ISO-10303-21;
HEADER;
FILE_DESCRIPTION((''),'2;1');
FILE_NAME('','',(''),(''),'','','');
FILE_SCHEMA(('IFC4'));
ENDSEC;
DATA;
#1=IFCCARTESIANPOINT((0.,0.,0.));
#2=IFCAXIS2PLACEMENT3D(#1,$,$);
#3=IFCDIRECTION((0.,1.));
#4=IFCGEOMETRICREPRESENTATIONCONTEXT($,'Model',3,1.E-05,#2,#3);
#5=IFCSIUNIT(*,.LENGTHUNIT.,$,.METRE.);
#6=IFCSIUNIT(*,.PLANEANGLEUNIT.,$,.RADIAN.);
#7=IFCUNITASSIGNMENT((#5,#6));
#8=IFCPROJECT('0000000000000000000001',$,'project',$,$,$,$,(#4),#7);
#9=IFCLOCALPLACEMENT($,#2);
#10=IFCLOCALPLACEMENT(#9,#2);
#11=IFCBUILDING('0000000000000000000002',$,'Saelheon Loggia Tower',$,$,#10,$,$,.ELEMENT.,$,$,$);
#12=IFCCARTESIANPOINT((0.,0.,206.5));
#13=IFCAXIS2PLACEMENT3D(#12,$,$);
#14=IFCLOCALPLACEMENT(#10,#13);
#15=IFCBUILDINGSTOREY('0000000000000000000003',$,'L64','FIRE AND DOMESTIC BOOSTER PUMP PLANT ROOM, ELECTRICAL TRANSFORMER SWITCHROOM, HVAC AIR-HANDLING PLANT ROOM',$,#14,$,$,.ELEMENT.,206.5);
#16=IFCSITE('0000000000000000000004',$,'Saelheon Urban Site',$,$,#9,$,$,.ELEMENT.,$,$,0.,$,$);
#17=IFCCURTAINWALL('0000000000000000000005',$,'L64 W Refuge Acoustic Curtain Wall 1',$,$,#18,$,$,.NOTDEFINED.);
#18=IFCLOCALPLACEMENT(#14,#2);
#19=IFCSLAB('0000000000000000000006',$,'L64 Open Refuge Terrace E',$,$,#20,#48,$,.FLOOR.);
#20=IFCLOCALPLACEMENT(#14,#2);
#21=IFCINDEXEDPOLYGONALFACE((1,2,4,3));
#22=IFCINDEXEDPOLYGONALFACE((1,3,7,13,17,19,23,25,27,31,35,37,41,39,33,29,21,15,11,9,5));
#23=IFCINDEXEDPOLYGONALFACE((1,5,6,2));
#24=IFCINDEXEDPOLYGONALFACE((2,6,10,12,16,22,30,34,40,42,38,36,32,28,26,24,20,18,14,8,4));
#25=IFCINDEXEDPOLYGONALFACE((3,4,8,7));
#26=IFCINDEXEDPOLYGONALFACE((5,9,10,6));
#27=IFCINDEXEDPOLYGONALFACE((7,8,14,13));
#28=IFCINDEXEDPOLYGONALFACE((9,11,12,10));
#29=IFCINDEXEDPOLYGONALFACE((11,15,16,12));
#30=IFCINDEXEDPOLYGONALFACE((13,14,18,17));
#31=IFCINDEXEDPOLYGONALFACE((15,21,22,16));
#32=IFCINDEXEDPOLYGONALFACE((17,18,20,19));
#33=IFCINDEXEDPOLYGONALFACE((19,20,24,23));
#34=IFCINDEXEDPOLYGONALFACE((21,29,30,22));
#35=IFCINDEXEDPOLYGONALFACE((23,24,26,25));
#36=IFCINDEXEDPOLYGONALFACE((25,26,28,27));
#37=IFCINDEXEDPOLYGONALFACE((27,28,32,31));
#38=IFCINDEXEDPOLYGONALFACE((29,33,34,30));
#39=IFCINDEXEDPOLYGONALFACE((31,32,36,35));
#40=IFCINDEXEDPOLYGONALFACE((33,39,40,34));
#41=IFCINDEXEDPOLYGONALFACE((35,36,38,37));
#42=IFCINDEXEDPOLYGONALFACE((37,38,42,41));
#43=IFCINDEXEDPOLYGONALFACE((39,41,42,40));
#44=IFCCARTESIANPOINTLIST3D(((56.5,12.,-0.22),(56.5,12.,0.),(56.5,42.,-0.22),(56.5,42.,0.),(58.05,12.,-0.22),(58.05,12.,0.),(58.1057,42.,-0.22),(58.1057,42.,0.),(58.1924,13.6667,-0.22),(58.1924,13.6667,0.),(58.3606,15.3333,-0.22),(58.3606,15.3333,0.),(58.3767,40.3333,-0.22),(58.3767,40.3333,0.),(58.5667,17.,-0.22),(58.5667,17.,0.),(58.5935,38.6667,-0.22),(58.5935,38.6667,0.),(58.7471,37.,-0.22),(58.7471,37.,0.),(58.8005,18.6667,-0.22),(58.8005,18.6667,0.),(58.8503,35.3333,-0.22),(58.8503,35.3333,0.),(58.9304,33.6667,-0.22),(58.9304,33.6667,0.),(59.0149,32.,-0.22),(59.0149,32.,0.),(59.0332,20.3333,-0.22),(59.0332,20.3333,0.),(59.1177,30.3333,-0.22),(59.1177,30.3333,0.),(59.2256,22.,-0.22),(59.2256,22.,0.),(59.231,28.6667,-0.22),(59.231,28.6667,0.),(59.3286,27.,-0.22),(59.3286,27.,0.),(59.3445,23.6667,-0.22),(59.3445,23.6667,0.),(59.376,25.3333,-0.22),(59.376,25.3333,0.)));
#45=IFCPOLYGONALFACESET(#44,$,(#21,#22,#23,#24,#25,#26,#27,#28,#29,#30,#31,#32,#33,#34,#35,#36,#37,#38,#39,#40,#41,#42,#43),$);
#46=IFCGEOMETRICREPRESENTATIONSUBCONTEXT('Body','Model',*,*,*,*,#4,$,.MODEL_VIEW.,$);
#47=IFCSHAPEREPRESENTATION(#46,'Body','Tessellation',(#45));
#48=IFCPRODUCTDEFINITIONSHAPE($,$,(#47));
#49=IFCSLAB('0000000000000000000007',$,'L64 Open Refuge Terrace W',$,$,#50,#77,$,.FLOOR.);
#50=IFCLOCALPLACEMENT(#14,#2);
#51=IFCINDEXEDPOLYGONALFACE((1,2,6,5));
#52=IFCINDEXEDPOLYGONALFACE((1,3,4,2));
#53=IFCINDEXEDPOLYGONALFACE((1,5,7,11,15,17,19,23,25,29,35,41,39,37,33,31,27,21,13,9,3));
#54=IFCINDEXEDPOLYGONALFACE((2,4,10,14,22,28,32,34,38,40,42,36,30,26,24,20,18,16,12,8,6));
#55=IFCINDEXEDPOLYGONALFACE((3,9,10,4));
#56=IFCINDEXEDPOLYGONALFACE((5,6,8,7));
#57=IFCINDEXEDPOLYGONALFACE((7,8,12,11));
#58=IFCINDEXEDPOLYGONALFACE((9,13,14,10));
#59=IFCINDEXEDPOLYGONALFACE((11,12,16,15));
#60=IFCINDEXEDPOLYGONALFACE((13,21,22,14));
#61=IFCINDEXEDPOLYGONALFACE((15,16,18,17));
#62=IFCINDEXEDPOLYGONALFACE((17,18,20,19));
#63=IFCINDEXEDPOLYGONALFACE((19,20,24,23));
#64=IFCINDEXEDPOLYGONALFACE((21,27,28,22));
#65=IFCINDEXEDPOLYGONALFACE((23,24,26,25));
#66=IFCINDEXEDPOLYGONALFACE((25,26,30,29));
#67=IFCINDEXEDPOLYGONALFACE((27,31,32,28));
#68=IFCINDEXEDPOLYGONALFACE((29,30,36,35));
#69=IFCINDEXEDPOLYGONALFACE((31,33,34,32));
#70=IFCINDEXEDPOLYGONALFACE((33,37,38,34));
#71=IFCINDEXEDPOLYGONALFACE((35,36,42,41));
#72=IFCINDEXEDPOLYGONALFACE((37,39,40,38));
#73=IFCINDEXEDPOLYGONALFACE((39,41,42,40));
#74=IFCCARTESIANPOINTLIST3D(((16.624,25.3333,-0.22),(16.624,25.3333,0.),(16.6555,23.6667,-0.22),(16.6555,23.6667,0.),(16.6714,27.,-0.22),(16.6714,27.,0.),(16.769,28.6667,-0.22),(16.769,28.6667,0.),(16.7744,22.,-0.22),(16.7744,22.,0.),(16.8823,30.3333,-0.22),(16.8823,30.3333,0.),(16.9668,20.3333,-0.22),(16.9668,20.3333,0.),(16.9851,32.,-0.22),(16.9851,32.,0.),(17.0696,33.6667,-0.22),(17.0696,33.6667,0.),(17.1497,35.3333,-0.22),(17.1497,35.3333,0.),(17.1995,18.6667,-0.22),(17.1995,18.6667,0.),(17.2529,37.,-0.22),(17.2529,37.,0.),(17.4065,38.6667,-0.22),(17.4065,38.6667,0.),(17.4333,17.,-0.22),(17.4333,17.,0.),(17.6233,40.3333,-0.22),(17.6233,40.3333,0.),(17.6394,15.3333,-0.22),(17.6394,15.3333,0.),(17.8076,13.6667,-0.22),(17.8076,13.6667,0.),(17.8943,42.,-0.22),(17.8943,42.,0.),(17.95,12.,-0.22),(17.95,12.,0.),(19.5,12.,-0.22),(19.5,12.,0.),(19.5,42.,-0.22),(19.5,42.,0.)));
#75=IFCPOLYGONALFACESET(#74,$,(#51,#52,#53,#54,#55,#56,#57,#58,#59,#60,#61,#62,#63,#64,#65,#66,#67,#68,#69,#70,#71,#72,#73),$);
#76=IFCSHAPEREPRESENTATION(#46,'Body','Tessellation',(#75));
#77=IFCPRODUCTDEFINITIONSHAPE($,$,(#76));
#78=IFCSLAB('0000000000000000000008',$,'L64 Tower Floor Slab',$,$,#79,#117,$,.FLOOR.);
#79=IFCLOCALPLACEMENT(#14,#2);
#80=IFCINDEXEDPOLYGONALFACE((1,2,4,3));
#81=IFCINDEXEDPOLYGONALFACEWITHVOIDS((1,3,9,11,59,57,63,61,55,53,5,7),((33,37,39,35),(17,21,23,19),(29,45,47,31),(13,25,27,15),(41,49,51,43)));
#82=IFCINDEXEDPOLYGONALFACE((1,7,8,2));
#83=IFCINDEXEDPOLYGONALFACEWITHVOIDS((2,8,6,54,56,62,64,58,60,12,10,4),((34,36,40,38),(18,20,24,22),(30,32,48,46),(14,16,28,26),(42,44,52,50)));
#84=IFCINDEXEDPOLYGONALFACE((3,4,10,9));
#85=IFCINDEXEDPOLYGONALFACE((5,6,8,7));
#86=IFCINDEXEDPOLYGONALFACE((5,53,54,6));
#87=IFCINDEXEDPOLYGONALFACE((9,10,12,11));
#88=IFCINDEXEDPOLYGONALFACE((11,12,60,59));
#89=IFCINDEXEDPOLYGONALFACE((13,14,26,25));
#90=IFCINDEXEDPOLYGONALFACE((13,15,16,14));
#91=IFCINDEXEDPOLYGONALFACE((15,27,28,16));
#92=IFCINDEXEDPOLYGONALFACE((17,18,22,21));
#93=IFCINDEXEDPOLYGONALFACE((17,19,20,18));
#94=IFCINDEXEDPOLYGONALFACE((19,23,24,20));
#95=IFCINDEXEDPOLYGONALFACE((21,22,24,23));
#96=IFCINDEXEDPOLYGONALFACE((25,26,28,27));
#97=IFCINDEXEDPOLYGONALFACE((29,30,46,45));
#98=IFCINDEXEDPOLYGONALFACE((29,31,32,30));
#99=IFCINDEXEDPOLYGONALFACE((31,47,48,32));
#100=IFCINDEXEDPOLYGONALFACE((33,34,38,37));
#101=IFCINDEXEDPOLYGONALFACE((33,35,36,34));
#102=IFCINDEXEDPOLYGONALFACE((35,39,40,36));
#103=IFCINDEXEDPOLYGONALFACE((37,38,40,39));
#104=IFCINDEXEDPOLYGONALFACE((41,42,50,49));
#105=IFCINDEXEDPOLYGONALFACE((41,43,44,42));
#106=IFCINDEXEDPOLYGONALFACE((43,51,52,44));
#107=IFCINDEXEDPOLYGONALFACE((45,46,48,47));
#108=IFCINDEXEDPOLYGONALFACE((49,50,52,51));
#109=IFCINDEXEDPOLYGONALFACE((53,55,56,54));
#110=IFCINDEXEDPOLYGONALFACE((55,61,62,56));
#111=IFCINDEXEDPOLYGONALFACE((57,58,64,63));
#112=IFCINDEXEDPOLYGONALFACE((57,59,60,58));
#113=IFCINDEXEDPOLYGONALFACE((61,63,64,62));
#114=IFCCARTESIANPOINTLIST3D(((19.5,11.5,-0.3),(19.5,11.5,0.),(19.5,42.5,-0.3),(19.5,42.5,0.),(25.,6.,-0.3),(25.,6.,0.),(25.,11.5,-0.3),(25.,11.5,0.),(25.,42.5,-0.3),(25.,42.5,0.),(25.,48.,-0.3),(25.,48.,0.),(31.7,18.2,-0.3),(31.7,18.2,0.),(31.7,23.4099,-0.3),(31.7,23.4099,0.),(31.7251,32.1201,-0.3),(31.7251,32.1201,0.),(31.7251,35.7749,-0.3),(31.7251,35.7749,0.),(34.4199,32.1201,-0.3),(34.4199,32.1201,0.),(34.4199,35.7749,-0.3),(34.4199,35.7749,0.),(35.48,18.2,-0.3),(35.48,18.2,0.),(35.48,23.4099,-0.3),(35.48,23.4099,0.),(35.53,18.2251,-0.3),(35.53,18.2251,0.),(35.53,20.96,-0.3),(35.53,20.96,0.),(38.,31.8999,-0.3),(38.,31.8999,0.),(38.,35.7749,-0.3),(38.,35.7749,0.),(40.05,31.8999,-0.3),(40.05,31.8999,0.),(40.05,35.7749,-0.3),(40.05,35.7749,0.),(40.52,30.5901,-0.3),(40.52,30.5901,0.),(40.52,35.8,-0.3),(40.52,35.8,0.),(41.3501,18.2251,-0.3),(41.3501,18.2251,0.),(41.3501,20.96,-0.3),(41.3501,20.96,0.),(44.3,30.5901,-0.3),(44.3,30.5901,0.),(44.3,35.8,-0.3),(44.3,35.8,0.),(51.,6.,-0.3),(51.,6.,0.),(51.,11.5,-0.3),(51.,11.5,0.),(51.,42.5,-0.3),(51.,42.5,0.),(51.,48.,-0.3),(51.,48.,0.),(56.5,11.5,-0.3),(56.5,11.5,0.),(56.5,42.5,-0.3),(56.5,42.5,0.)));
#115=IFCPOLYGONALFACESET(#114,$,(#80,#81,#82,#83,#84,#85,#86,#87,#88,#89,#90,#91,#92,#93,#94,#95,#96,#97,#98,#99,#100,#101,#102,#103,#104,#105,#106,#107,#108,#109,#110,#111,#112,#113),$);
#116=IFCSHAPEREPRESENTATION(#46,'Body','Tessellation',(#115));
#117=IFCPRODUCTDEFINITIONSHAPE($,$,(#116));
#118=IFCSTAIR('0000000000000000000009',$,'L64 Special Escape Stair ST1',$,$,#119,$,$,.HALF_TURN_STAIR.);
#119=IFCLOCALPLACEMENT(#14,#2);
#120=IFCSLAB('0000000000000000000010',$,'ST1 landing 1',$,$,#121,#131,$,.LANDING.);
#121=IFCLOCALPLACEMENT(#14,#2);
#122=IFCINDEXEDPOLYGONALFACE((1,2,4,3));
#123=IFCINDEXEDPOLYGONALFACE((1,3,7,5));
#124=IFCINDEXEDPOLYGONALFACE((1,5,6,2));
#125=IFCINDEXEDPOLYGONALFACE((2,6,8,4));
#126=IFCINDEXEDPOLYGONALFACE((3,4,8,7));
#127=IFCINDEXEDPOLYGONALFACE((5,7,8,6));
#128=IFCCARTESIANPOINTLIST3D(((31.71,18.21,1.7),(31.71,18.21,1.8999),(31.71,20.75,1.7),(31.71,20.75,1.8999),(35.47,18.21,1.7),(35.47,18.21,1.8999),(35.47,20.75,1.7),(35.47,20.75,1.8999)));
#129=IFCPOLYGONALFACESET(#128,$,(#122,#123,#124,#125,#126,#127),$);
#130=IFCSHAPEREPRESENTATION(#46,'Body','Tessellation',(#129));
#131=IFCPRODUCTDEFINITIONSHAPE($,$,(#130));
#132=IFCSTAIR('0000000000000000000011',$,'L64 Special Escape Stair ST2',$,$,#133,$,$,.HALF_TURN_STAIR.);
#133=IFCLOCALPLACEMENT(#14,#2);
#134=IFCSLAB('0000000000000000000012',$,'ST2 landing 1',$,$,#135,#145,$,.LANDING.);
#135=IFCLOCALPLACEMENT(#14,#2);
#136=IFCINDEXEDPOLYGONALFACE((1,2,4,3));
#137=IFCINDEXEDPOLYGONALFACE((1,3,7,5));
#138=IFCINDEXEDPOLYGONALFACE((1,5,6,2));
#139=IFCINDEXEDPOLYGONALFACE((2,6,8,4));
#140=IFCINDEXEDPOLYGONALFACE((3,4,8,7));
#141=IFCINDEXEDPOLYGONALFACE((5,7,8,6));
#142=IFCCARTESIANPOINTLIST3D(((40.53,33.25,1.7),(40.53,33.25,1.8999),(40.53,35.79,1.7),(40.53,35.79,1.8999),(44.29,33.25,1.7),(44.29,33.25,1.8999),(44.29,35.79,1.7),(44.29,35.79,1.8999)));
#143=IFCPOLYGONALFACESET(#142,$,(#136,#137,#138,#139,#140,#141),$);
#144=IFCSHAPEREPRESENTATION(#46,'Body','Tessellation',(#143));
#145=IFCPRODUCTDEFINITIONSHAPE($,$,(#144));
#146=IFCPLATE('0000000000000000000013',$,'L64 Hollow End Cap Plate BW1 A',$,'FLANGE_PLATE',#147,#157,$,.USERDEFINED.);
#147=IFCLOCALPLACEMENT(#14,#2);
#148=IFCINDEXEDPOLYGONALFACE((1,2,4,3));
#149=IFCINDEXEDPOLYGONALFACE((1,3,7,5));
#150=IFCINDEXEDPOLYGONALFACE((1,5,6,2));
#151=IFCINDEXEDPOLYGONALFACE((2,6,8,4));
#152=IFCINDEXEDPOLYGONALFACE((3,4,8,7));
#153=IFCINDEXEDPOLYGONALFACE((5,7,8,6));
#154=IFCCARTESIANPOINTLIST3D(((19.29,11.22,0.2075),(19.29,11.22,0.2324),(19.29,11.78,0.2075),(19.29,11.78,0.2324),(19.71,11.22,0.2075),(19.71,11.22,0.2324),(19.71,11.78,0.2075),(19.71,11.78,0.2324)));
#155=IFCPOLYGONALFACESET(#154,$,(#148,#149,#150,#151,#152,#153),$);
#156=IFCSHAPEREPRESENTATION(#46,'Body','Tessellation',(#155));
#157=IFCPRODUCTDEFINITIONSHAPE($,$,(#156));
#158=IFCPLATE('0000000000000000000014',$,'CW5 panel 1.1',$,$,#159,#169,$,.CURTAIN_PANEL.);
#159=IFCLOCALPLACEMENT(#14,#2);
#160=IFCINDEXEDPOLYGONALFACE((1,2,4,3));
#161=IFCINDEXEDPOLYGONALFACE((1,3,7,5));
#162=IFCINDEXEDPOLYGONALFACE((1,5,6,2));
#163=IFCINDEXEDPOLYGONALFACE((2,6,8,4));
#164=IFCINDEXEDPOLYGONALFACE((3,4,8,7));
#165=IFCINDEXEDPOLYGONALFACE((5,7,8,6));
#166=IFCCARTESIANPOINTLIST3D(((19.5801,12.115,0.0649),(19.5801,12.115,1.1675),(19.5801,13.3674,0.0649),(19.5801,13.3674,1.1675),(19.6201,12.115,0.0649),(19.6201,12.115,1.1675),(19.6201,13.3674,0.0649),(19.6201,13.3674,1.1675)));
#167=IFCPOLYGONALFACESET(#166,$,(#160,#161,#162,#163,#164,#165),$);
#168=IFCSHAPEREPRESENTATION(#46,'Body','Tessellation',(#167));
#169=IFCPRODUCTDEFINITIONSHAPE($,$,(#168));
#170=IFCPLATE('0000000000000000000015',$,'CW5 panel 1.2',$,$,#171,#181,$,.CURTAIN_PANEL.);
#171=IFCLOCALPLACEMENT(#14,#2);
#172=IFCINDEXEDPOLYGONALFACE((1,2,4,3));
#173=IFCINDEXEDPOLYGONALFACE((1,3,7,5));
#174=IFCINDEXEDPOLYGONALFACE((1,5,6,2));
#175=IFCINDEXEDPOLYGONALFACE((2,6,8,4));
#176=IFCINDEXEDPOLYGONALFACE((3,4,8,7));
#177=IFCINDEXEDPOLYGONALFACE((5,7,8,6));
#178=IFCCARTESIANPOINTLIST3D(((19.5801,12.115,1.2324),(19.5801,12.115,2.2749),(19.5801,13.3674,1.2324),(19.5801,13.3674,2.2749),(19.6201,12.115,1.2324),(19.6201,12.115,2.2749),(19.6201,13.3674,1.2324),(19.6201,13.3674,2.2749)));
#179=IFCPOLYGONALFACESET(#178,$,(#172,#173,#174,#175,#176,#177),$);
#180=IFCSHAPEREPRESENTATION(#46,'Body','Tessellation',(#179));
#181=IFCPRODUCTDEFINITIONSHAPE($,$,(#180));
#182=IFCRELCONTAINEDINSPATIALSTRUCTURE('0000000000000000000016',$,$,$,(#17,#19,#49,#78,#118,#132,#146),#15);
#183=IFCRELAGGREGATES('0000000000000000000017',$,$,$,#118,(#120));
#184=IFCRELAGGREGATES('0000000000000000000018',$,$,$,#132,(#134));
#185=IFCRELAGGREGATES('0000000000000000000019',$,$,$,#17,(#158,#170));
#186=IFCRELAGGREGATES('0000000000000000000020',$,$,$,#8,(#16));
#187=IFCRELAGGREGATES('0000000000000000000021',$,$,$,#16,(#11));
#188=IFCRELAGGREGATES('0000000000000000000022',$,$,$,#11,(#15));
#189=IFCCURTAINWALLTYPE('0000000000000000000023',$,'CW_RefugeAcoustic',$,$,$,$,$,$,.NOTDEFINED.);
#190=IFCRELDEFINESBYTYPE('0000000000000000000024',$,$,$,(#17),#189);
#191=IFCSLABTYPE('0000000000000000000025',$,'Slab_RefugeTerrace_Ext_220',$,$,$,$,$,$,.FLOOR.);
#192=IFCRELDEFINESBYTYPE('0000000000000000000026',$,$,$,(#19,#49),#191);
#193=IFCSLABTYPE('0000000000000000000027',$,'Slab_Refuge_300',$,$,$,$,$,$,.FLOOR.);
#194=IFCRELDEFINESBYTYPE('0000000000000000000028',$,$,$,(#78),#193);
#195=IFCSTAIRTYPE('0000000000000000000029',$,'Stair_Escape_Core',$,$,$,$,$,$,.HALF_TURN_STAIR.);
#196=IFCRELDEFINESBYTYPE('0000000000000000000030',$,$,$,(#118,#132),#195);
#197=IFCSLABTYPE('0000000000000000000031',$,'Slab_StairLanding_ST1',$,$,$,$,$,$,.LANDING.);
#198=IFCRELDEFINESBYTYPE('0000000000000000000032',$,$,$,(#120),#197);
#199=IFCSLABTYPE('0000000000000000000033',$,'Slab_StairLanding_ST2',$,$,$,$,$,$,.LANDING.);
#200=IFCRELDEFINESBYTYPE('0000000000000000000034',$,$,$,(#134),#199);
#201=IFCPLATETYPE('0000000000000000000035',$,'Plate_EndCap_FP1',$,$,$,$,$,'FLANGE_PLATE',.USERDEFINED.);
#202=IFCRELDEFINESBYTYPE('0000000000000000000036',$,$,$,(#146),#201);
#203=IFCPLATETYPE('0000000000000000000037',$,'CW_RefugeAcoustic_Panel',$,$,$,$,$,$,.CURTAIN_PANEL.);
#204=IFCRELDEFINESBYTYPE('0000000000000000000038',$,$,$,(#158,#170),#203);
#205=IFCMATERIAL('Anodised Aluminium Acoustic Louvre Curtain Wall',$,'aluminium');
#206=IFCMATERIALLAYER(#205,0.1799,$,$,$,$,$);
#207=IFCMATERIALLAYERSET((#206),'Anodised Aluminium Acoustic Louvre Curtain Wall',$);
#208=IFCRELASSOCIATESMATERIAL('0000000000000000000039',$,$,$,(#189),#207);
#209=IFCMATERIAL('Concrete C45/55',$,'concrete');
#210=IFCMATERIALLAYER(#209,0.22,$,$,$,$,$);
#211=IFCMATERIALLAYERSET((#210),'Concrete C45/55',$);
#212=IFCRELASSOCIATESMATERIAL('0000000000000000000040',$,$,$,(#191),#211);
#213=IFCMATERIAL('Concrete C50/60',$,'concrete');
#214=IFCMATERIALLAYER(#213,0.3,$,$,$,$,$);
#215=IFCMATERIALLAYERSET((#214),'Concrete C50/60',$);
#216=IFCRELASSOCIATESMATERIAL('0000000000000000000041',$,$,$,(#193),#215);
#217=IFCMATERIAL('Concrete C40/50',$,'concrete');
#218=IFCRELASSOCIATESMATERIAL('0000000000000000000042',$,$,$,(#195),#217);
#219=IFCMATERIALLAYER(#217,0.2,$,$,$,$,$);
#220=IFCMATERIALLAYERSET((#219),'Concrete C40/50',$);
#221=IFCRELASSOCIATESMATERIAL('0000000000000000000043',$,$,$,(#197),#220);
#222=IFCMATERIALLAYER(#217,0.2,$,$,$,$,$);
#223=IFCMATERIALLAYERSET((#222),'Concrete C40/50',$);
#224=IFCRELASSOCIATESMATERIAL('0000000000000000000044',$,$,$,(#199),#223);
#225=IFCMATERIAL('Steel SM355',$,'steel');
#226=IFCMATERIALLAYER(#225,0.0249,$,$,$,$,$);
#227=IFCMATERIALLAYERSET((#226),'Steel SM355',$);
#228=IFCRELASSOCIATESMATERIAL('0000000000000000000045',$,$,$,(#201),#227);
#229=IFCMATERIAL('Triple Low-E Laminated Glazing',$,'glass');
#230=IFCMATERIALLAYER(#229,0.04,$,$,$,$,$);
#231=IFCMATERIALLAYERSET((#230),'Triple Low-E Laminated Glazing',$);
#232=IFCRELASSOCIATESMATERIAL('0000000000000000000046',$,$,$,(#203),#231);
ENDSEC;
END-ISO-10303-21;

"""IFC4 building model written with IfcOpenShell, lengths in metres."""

from ifc_helpers import new_model, si_unit, direction, frame, origin, origin_2d, place, context, subcontext, project, spatial, polyline, rectangle, outline, extrude, source, transform, mapped, material, layer, layer_set, type_object, element, aggregate, save


model = new_model("IFC4")

# Units and contexts
model_context = context("Model", 3, precision=1e-05, world=origin(), true_north=direction((0.0, 1.0)))
body_context = subcontext(model_context, "Body", "Model", "MODEL_VIEW")
ifc_project = project(units=[si_unit("LENGTHUNIT", "METRE"), si_unit("PLANEANGLEUNIT", "RADIAN")], contexts=[model_context])

# Site, building, storey
site_placement = place(None, origin())
site = spatial("IfcSite", under=ifc_project, at=site_placement, Name="Saelheon Urban Site", CompositionType="ELEMENT", RefElevation=0.0)
building_placement = place(site_placement, origin())
building = spatial("IfcBuilding", under=site, at=building_placement, Name="Saelheon Loggia Tower", CompositionType="ELEMENT")
storey_placement = place(building_placement, frame((0.0, 0.0, 206.5)))
storey = spatial("IfcBuildingStorey", under=building, at=storey_placement, Name="L64", Description="FIRE AND DOMESTIC BOOSTER PUMP PLANT ROOM, ELECTRICAL TRANSFORMER SWITCHROOM, HVAC AIR-HANDLING PLANT ROOM", CompositionType="ELEMENT", Elevation=206.5)

# Shared definitions
ifc_material_1 = material(Name="Concrete C45/55", Category="concrete")

# Shared definitions
ifc_material_2 = material(Name="Concrete C50/60", Category="concrete")

# Shared definitions
ifc_material_3 = material(Name="Steel SM355", Category="steel")

# Curtain wall
ifc_material_4 = material(Name="Anodised Aluminium Acoustic Louvre Curtain Wall", Category="aluminium")
ifc_layer_1 = layer(ifc_material_4, 0.1799)
ifc_layer_set_1 = layer_set([ifc_layer_1], Name="Anodised Aluminium Acoustic Louvre Curtain Wall")
curtain_wall_type = type_object("IfcCurtainWallType", Name="CW_RefugeAcoustic", PredefinedType="NOTDEFINED", material=ifc_layer_set_1)
curtain_wall_placement = place(storey_placement, origin())
curtain_wall = element("IfcCurtainWall", 1, at=curtain_wall_placement, inside=storey, type_object=curtain_wall_type, Name="L64 W Refuge Acoustic Curtain Wall 1", PredefinedType="NOTDEFINED")

# Slabs
ifc_layer_2 = layer(ifc_material_1, 0.22)
ifc_layer_set_2 = layer_set([ifc_layer_2], Name="Concrete C45/55")
slab_type_1 = type_object("IfcSlabType", Name="Slab_RefugeTerrace_Ext_220", PredefinedType="FLOOR", material=ifc_layer_set_2)
slab_1_placement = place(storey_placement, frame((0.0, 0.0, -0.22)))
element("IfcSlab", 2, at=slab_1_placement, inside=storey, type_object=slab_type_1, Name="L64 Open Refuge Terrace E", PredefinedType="FLOOR", context=body_context, shape_type="SweptSolid", body=[
    extrude(outline(polyline([(56.5, 12.0), (58.05, 12.0), (58.1924, 13.6667), (58.3606, 15.3333), (58.5667, 17.0), (58.8005, 18.6667), (59.0332, 20.3333), (59.2256, 22.0), (59.3445, 23.6667), (59.376, 25.3333), (59.3286, 27.0), (59.231, 28.6667), (59.1177, 30.3333), (59.0149, 32.0), (58.9304, 33.6667), (58.8503, 35.3333), (58.7471, 37.0), (58.5935, 38.6667), (58.3767, 40.3333), (58.1057, 42.0), (56.5, 42.0), (56.5, 12.0)])), origin(), (0.0, 0.0, 1.0), 0.22),
])
slab_2_placement = place(storey_placement, frame((0.0, 0.0, -0.22)))
element("IfcSlab", 3, at=slab_2_placement, inside=storey, type_object=slab_type_1, Name="L64 Open Refuge Terrace W", PredefinedType="FLOOR", context=body_context, shape_type="SweptSolid", body=[
    extrude(outline(polyline([(19.5, 12.0), (19.5, 42.0), (17.8943, 42.0), (17.6233, 40.3333), (17.4065, 38.6667), (17.2529, 37.0), (17.1497, 35.3333), (17.0696, 33.6667), (16.9851, 32.0), (16.8823, 30.3333), (16.769, 28.6667), (16.6714, 27.0), (16.624, 25.3333), (16.6555, 23.6667), (16.7744, 22.0), (16.9668, 20.3333), (17.1995, 18.6667), (17.4333, 17.0), (17.6394, 15.3333), (17.8076, 13.6667), (17.95, 12.0), (19.5, 12.0)])), origin(), (0.0, 0.0, 1.0), 0.22),
])
ifc_layer_3 = layer(ifc_material_2, 0.3)
ifc_layer_set_3 = layer_set([ifc_layer_3], Name="Concrete C50/60")
slab_type_2 = type_object("IfcSlabType", Name="Slab_Refuge_300", PredefinedType="FLOOR", material=ifc_layer_set_3)
slab_3_placement = place(storey_placement, frame((0.0, 0.0, -0.3)))
element("IfcSlab", 4, at=slab_3_placement, inside=storey, type_object=slab_type_2, Name="L64 Tower Floor Slab", PredefinedType="FLOOR", context=body_context, shape_type="SweptSolid", body=[
    extrude(outline(polyline([(25.0, 6.0), (51.0, 6.0), (51.0, 11.5), (56.5, 11.5), (56.5, 42.5), (51.0, 42.5), (51.0, 48.0), (25.0, 48.0), (25.0, 42.5), (19.5, 42.5), (19.5, 11.5), (25.0, 11.5), (25.0, 6.0)]), holes=[polyline([(31.7, 23.4099), (31.7, 18.2), (35.48, 18.2), (35.48, 23.4099), (31.7, 23.4099)]), polyline([(44.3, 30.5901), (44.3, 35.8), (40.52, 35.8), (40.52, 30.5901), (44.3, 30.5901)]), polyline([(35.53, 18.2251), (41.3501, 18.2251), (41.3501, 20.96), (35.53, 20.96), (35.53, 18.2251)]), polyline([(31.7251, 32.1201), (34.4199, 32.1201), (34.4199, 35.7749), (31.7251, 35.7749), (31.7251, 32.1201)]), polyline([(38.0, 31.8999), (40.05, 31.8999), (40.05, 35.7749), (38.0, 35.7749), (38.0, 31.8999)])]), origin(), (0.0, 0.0, 1.0), 0.3),
])

# Stairs, slabs
ifc_material_5 = material(Name="Concrete C40/50", Category="concrete")
stair_type = type_object("IfcStairType", Name="Stair_Escape_Core", PredefinedType="HALF_TURN_STAIR", material=ifc_material_5)
stair_1_placement = place(storey_placement, origin())
stair_1 = element("IfcStair", 5, at=stair_1_placement, inside=storey, type_object=stair_type, Name="L64 Special Escape Stair ST1", PredefinedType="HALF_TURN_STAIR")
ifc_layer_4 = layer(ifc_material_5, 0.2)
ifc_layer_set_4 = layer_set([ifc_layer_4], Name="Concrete C40/50")
slab_type_3 = type_object("IfcSlabType", Name="Slab_StairLanding_ST1", PredefinedType="LANDING", material=ifc_layer_set_4)
slab_4_placement = place(storey_placement, frame((0.0, 0.0, 1.7)))
slab_4 = element("IfcSlab", 6, at=slab_4_placement, type_object=slab_type_3, Name="ST1 landing 1", PredefinedType="LANDING", context=body_context, shape_type="SweptSolid", body=[
    extrude(outline(polyline([(31.71, 20.75), (31.71, 18.21), (35.47, 18.21), (35.47, 20.75), (31.71, 20.75)])), origin(), (0.0, 0.0, 1.0), 0.2),
])
aggregate(stair_1, [slab_4])
stair_2_placement = place(storey_placement, origin())
stair_2 = element("IfcStair", 7, at=stair_2_placement, inside=storey, type_object=stair_type, Name="L64 Special Escape Stair ST2", PredefinedType="HALF_TURN_STAIR")
ifc_layer_5 = layer(ifc_material_5, 0.2)
ifc_layer_set_5 = layer_set([ifc_layer_5], Name="Concrete C40/50")
slab_type_4 = type_object("IfcSlabType", Name="Slab_StairLanding_ST2", PredefinedType="LANDING", material=ifc_layer_set_5)
slab_5_placement = place(storey_placement, frame((0.0, 0.0, 1.7)))
slab_5 = element("IfcSlab", 8, at=slab_5_placement, type_object=slab_type_4, Name="ST2 landing 1", PredefinedType="LANDING", context=body_context, shape_type="SweptSolid", body=[
    extrude(outline(polyline([(44.29, 33.25), (44.29, 35.79), (40.53, 35.79), (40.53, 33.25), (44.29, 33.25)])), origin(), (0.0, 0.0, 1.0), 0.2),
])
aggregate(stair_2, [slab_5])

# Plates
ifc_layer_6 = layer(ifc_material_3, 0.0249)
ifc_layer_set_6 = layer_set([ifc_layer_6], Name="Steel SM355")
plate_type_1 = type_object("IfcPlateType", Name="Plate_EndCap_FP1", ElementType="FLANGE_PLATE", PredefinedType="USERDEFINED", material=ifc_layer_set_6)
shared_shape_1 = source(origin(), body_context, "Body", "SweptSolid", [
    extrude(rectangle(XDim=0.5601, YDim=0.4199, at=origin_2d()), origin(), (0.0, 0.0, 1.0), 0.0249),
])
plate_1_placement = place(storey_placement, frame((19.5, 11.5, 0.2075), z_axis=(0.0, 0.0, 1.0), x_axis=(0.0, 1.0, 0.0)))
element("IfcPlate", 9, at=plate_1_placement, inside=storey, type_object=plate_type_1, Name="L64 Hollow End Cap Plate BW1 A", ObjectType="FLANGE_PLATE", PredefinedType="USERDEFINED", context=body_context, shape_type="MappedRepresentation", body=[
    mapped(shared_shape_1, transform((0.0, 0.0, 0.0), scale=1.0)),
])
ifc_material_6 = material(Name="Triple Low-E Laminated Glazing", Category="glass")
ifc_layer_7 = layer(ifc_material_6, 0.04)
ifc_layer_set_7 = layer_set([ifc_layer_7], Name="Triple Low-E Laminated Glazing")
plate_type_2 = type_object("IfcPlateType", Name="CW_RefugeAcoustic_Panel", PredefinedType="CURTAIN_PANEL", material=ifc_layer_set_7)
shared_shape_2 = source(origin(), body_context, "Body", "SweptSolid", [
    extrude(rectangle(XDim=1.2524, YDim=0.04, at=origin_2d()), origin(), (0.0, 0.0, 1.0), 1.1025),
])
plate_2_placement = place(storey_placement, frame((19.6001, 12.7412, 0.0649), z_axis=(0.0, 0.0, 1.0), x_axis=(0.0, 1.0, 0.0)))
plate_2 = element("IfcPlate", 10, at=plate_2_placement, type_object=plate_type_2, Name="CW5 panel 1.1", PredefinedType="CURTAIN_PANEL", context=body_context, shape_type="MappedRepresentation", body=[
    mapped(shared_shape_2, transform((0.0, 0.0, 0.0), scale=1.0)),
])
shared_shape_3 = source(origin(), body_context, "Body", "SweptSolid", [
    extrude(rectangle(XDim=1.2524, YDim=0.04, at=origin_2d()), origin(), (0.0, 0.0, 1.0), 1.0425),
])
plate_3_placement = place(storey_placement, frame((19.6001, 12.7412, 1.2324), z_axis=(0.0, 0.0, 1.0), x_axis=(0.0, 1.0, 0.0)))
plate_3 = element("IfcPlate", 11, at=plate_3_placement, type_object=plate_type_2, Name="CW5 panel 1.2", PredefinedType="CURTAIN_PANEL", context=body_context, shape_type="MappedRepresentation", body=[
    mapped(shared_shape_3, transform((0.0, 0.0, 0.0), scale=1.0)),
])
aggregate(curtain_wall, [plate_2, plate_3])

save(model, "model.ifc")
